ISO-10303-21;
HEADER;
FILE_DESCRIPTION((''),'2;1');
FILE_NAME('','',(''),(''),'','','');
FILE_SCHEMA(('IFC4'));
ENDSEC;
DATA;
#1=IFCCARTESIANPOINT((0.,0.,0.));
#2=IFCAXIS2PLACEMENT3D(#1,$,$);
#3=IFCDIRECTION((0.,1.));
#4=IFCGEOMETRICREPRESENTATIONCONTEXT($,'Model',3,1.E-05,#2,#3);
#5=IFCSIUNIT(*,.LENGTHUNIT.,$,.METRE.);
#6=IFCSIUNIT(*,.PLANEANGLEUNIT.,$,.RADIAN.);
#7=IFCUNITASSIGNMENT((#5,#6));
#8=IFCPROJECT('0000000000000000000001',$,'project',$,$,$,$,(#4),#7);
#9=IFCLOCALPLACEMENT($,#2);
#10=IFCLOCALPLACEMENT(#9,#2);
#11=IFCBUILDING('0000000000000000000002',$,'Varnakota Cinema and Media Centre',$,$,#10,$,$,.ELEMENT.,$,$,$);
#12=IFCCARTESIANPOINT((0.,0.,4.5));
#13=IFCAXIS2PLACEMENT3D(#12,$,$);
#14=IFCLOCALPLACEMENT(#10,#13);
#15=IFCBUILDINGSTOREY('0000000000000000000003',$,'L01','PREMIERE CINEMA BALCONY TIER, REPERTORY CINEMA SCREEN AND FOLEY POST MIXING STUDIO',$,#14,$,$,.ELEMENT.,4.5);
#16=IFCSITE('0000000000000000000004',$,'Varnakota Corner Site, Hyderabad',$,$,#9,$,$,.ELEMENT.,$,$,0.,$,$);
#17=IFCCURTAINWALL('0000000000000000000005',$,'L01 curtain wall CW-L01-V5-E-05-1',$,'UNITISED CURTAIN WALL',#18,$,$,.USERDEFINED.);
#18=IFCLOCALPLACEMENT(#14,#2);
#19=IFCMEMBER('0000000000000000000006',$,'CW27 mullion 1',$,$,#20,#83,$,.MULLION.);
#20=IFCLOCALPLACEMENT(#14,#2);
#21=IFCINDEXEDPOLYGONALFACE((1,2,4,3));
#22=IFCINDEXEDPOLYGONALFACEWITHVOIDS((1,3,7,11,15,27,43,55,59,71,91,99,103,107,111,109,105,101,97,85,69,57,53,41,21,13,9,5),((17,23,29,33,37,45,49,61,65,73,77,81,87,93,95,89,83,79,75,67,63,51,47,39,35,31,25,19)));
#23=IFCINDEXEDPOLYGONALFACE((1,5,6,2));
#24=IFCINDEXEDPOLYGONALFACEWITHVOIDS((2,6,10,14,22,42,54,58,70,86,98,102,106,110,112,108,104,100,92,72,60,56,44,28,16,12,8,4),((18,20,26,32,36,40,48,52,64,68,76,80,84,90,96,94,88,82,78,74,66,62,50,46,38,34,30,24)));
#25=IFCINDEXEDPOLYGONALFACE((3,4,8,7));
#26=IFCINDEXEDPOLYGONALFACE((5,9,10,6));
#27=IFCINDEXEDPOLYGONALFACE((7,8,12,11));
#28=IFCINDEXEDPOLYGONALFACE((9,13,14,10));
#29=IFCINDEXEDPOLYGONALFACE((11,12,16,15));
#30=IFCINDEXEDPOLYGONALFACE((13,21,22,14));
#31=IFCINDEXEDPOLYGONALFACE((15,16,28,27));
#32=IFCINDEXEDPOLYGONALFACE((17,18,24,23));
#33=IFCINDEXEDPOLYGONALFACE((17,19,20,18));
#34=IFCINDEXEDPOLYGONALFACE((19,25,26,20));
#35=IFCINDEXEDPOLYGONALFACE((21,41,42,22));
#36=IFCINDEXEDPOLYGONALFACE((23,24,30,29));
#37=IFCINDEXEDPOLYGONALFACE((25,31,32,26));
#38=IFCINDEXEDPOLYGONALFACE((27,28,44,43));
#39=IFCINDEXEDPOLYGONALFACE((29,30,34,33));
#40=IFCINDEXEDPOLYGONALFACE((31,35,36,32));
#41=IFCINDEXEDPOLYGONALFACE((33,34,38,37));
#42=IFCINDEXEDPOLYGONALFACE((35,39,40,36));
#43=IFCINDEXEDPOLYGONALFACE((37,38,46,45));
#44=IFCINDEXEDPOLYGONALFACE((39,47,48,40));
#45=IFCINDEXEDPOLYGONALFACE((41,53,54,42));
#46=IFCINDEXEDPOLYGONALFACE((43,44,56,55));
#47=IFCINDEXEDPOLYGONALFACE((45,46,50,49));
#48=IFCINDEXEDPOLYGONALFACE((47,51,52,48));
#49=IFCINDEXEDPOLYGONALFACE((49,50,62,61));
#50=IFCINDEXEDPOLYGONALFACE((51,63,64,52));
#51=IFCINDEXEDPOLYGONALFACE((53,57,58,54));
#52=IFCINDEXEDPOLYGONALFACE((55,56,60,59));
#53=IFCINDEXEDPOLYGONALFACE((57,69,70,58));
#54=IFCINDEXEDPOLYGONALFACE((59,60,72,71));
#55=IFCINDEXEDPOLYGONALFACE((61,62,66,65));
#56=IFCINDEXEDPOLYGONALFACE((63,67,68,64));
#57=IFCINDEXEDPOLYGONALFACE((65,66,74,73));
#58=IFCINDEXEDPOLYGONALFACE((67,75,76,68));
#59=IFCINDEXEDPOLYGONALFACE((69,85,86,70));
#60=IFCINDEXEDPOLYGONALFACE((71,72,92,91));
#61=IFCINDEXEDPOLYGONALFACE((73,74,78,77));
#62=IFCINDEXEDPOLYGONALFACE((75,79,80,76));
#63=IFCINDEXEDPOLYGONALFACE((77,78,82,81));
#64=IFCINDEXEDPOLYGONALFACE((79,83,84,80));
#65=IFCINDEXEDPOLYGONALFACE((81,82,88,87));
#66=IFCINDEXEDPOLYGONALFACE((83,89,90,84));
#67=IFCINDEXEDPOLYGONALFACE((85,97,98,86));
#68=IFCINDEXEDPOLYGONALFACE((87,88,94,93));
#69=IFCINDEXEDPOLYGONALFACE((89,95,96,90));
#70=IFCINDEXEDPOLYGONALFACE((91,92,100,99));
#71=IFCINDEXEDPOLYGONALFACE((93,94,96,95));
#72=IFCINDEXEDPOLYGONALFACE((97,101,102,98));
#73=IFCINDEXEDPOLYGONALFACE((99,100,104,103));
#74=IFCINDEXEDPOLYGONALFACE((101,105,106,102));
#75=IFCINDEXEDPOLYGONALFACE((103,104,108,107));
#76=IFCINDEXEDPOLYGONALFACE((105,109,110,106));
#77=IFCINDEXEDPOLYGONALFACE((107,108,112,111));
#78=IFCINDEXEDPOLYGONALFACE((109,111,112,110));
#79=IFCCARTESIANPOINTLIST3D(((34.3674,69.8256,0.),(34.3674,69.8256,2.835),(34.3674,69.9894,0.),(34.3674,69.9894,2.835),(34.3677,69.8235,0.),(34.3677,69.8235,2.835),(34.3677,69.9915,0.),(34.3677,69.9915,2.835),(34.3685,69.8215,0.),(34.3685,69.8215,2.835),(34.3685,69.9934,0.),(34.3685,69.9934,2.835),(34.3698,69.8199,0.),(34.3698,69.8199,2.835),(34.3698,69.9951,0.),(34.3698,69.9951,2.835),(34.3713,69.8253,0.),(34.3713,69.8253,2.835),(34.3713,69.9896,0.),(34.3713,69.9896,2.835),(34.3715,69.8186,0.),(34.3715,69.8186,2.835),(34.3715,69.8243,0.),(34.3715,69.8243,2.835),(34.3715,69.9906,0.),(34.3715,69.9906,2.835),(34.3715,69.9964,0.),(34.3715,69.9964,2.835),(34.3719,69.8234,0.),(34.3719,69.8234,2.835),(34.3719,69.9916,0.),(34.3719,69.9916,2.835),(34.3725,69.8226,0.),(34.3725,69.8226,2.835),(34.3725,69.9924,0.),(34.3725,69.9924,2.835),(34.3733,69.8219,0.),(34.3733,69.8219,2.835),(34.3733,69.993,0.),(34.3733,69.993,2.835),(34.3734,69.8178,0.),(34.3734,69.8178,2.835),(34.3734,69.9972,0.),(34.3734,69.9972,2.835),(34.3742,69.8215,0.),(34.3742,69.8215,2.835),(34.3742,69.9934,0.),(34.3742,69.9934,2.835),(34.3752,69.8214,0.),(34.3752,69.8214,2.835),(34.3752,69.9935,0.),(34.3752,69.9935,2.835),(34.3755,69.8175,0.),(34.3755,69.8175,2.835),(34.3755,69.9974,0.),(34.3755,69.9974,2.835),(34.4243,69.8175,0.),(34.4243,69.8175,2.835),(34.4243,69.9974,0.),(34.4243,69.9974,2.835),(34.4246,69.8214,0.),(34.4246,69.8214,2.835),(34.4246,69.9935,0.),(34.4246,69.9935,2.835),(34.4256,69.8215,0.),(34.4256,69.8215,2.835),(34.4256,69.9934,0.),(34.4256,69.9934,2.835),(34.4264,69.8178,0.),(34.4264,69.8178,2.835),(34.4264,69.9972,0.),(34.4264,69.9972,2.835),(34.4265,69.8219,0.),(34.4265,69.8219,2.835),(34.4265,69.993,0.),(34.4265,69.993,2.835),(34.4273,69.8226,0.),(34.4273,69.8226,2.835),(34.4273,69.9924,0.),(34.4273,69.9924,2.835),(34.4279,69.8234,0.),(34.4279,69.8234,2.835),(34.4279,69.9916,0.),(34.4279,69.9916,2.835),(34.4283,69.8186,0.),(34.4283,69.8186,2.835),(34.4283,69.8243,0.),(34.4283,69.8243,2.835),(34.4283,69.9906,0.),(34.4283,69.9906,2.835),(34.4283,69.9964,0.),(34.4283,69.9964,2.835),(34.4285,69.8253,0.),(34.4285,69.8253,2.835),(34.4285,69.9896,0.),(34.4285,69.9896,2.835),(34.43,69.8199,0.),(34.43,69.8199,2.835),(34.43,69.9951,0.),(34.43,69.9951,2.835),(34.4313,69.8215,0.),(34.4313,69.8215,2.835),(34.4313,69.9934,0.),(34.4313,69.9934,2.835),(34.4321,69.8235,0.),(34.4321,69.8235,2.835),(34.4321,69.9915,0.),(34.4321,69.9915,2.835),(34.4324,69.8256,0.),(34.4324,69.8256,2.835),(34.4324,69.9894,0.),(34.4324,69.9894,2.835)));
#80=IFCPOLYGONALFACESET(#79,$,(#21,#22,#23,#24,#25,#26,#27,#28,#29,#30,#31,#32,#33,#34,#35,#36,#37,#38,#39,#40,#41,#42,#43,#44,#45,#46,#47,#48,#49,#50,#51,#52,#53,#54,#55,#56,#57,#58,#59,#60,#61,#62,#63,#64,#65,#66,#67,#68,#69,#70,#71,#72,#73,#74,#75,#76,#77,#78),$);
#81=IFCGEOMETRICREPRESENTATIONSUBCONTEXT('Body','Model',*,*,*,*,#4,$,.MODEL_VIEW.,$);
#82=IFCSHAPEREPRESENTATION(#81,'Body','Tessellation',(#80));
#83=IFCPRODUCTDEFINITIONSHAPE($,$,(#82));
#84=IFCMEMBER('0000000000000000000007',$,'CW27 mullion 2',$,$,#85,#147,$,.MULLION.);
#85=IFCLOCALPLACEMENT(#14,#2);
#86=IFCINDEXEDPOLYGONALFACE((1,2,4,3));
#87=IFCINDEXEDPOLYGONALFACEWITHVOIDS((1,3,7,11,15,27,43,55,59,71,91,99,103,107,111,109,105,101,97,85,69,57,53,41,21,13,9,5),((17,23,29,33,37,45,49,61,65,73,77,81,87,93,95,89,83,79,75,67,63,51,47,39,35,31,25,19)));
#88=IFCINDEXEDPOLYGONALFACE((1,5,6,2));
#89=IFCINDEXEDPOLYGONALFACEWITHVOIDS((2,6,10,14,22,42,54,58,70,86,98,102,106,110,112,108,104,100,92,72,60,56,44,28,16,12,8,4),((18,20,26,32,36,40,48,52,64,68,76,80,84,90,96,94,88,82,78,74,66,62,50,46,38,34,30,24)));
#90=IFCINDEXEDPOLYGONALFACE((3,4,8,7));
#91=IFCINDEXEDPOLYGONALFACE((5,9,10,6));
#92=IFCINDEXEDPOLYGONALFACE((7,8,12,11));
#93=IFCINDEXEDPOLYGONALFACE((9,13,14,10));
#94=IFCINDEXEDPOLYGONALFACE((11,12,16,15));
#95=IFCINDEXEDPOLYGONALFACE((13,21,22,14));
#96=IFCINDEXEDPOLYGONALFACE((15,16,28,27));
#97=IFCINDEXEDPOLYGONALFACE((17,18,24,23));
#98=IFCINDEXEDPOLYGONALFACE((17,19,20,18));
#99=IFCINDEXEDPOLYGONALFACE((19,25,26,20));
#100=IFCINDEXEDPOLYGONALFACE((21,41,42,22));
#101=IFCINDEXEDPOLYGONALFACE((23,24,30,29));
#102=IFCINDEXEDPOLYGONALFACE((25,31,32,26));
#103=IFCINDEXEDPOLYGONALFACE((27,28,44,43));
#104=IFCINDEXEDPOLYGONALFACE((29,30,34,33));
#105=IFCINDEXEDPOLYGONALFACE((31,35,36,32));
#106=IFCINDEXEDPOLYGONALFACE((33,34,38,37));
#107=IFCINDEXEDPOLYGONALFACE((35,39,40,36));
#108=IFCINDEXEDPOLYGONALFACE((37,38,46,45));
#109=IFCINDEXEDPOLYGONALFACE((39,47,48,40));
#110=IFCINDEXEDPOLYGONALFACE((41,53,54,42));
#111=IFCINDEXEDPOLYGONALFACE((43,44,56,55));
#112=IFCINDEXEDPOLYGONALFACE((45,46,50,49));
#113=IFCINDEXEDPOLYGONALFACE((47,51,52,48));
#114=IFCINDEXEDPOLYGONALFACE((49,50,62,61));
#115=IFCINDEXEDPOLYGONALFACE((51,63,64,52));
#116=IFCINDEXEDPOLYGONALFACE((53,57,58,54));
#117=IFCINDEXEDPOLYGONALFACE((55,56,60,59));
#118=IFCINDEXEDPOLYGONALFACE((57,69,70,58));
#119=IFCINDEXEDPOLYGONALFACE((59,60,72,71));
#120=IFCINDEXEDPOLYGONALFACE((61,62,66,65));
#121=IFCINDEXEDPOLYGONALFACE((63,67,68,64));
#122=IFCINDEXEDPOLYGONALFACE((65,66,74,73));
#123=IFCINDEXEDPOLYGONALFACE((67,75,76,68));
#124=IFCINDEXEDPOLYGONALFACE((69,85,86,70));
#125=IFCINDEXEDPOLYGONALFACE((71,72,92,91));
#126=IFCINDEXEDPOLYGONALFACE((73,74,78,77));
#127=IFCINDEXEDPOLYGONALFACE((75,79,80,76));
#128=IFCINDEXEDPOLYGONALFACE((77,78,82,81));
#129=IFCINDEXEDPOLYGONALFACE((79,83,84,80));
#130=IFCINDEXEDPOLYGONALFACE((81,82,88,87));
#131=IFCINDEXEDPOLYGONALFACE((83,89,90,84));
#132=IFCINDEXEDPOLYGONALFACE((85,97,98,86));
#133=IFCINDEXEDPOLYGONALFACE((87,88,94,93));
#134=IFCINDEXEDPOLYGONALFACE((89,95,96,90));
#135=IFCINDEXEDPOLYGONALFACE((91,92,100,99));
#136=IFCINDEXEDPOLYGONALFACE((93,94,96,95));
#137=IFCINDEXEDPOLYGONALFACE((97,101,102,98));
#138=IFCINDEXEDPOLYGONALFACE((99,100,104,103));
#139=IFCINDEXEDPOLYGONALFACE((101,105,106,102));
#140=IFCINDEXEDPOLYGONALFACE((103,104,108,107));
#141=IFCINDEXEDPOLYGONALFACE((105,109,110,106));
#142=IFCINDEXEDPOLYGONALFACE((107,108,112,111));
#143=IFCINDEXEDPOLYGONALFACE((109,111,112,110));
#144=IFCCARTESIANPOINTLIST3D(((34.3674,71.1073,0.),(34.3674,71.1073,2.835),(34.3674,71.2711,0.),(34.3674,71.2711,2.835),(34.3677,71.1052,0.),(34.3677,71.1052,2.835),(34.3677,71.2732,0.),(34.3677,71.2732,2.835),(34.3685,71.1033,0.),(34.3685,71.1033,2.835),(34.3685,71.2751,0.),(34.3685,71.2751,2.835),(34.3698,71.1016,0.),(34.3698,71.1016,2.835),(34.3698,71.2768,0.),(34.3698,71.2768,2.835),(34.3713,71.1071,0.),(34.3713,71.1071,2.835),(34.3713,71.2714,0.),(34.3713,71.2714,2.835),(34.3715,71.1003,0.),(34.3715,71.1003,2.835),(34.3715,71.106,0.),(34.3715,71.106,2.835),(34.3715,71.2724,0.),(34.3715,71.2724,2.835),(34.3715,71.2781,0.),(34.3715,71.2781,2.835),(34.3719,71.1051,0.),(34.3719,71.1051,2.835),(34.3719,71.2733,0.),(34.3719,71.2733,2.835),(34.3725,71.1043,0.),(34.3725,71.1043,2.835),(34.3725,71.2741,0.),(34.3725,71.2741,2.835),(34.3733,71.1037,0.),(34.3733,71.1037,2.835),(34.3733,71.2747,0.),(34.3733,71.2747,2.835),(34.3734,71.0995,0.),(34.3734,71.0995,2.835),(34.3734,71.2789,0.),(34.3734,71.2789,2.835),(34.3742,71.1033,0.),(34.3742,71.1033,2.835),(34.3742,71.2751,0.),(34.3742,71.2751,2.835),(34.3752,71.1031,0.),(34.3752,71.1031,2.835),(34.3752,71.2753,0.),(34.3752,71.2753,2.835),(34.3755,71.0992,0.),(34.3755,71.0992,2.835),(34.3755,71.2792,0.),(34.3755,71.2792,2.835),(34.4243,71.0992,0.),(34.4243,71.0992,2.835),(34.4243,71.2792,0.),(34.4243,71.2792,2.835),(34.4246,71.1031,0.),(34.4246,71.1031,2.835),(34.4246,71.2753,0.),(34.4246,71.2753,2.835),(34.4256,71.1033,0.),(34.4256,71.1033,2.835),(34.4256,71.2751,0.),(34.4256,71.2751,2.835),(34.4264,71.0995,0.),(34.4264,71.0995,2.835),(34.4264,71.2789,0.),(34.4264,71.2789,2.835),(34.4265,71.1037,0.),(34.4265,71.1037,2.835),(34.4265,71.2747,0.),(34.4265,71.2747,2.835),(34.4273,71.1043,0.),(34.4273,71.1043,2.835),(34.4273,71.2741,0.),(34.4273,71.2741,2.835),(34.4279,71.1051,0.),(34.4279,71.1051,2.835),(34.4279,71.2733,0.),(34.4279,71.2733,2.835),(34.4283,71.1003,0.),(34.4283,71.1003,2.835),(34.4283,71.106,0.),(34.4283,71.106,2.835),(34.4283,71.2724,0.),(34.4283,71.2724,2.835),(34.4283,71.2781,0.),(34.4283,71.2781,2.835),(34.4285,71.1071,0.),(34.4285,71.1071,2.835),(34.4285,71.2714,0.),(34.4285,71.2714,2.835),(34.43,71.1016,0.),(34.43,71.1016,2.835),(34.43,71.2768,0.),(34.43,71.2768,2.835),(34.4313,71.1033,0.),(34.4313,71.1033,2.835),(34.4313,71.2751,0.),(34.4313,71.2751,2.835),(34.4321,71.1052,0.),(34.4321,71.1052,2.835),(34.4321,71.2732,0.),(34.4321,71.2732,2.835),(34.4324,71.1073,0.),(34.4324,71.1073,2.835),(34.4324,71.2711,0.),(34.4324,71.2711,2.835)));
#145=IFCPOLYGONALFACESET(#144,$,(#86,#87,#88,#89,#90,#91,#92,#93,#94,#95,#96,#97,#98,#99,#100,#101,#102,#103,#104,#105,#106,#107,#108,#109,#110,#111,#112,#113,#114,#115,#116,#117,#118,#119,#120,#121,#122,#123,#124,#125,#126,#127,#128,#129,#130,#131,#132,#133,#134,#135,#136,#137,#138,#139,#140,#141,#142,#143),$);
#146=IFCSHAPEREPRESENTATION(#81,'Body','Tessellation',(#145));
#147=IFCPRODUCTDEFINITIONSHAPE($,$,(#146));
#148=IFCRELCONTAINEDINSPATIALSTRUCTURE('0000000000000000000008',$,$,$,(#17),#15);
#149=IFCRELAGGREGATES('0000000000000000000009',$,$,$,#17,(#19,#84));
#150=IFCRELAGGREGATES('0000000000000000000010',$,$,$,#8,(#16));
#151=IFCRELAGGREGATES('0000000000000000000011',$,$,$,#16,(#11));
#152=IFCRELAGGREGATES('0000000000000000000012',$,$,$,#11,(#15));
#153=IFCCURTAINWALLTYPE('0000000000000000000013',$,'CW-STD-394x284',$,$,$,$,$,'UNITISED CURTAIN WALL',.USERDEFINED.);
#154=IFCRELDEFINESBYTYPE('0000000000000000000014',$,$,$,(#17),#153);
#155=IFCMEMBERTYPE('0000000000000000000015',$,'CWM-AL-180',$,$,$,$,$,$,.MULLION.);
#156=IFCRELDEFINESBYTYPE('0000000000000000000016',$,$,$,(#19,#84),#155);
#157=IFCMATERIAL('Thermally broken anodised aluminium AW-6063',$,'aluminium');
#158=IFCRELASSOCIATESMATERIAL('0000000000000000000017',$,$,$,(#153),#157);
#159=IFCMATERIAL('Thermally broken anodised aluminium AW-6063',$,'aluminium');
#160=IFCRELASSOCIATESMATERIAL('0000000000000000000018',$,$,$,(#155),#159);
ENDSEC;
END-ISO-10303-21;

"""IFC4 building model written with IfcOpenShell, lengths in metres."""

from ifc_helpers import new_model, si_unit, direction, frame, origin, origin_2d, place, context, subcontext, project, spatial, hollow_rectangle, extrude, material, material_profile, profile_set, type_object, element, aggregate, save


model = new_model("IFC4")

# Units and contexts
model_context = context("Model", 3, precision=1e-05, world=origin(), true_north=direction((0.0, 1.0)))
body_context = subcontext(model_context, "Body", "Model", "MODEL_VIEW")
ifc_project = project(units=[si_unit("LENGTHUNIT", "METRE"), si_unit("PLANEANGLEUNIT", "RADIAN")], contexts=[model_context])

# Site, building, storey
site_placement = place(None, origin())
site = spatial("IfcSite", under=ifc_project, at=site_placement, Name="Varnakota Corner Site, Hyderabad", CompositionType="ELEMENT", RefElevation=0.0)
building_placement = place(site_placement, origin())
building = spatial("IfcBuilding", under=site, at=building_placement, Name="Varnakota Cinema and Media Centre", CompositionType="ELEMENT")
storey_placement = place(building_placement, frame((0.0, 0.0, 4.5)))
storey = spatial("IfcBuildingStorey", under=building, at=storey_placement, Name="L01", Description="PREMIERE CINEMA BALCONY TIER, REPERTORY CINEMA SCREEN AND FOLEY POST MIXING STUDIO", CompositionType="ELEMENT", Elevation=4.5)

# Curtain wall, members
ifc_material_1 = material(Name="Thermally broken anodised aluminium AW-6063", Category="aluminium")
curtain_wall_type = type_object("IfcCurtainWallType", Name="CW-STD-394x284", ElementType="UNITISED CURTAIN WALL", PredefinedType="USERDEFINED", material=ifc_material_1)
curtain_wall_placement = place(storey_placement, origin())
curtain_wall = element("IfcCurtainWall", 1, at=curtain_wall_placement, inside=storey, type_object=curtain_wall_type, Name="L01 curtain wall CW-L01-V5-E-05-1", ObjectType="UNITISED CURTAIN WALL", PredefinedType="USERDEFINED")
ifc_material_2 = material(Name="Thermally broken anodised aluminium AW-6063", Category="aluminium")
ifc_material_profile_1 = material_profile(ifc_material_2, hollow_rectangle(XDim=0.0649, YDim=0.1799, WallThickness=0.0039, InnerFilletRadius=0.0039, OuterFilletRadius=0.0081, at=origin_2d()), Name="AL-MULLION 180x65x4")
ifc_profile_set_1 = profile_set([ifc_material_profile_1], Name="Thermally broken anodised aluminium AW-6063")
member_type_1 = type_object("IfcMemberType", Name="CWM-AL-180", PredefinedType="MULLION", material=ifc_profile_set_1)
member_1_placement = place(storey_placement, frame((34.3999, 69.9075, 0.0), z_axis=(0.0, 0.0, 1.0), x_axis=(-1.0, 0.0, 0.0)))
member_1 = element("IfcMember", 2, at=member_1_placement, type_object=member_type_1, Name="CW27 mullion 1", PredefinedType="MULLION", context=body_context, shape_type="SweptSolid", body=[
    extrude(hollow_rectangle(XDim=0.0649, YDim=0.1799, WallThickness=0.0039, InnerFilletRadius=0.0039, OuterFilletRadius=0.0081, at=origin_2d()), origin(), (0.0, 0.0, 1.0), 2.835),
])
member_2_placement = place(storey_placement, frame((34.3999, 71.1892, 0.0), z_axis=(0.0, 0.0, 1.0), x_axis=(-1.0, 0.0, 0.0)))
member_2 = element("IfcMember", 3, at=member_2_placement, type_object=member_type_1, Name="CW27 mullion 2", PredefinedType="MULLION", context=body_context, shape_type="SweptSolid", body=[
    extrude(hollow_rectangle(XDim=0.0649, YDim=0.1799, WallThickness=0.0039, InnerFilletRadius=0.0039, OuterFilletRadius=0.0081, at=origin_2d()), origin(), (0.0, 0.0, 1.0), 2.835),
])
aggregate(curtain_wall, [member_1, member_2])

save(model, "model.ifc")
